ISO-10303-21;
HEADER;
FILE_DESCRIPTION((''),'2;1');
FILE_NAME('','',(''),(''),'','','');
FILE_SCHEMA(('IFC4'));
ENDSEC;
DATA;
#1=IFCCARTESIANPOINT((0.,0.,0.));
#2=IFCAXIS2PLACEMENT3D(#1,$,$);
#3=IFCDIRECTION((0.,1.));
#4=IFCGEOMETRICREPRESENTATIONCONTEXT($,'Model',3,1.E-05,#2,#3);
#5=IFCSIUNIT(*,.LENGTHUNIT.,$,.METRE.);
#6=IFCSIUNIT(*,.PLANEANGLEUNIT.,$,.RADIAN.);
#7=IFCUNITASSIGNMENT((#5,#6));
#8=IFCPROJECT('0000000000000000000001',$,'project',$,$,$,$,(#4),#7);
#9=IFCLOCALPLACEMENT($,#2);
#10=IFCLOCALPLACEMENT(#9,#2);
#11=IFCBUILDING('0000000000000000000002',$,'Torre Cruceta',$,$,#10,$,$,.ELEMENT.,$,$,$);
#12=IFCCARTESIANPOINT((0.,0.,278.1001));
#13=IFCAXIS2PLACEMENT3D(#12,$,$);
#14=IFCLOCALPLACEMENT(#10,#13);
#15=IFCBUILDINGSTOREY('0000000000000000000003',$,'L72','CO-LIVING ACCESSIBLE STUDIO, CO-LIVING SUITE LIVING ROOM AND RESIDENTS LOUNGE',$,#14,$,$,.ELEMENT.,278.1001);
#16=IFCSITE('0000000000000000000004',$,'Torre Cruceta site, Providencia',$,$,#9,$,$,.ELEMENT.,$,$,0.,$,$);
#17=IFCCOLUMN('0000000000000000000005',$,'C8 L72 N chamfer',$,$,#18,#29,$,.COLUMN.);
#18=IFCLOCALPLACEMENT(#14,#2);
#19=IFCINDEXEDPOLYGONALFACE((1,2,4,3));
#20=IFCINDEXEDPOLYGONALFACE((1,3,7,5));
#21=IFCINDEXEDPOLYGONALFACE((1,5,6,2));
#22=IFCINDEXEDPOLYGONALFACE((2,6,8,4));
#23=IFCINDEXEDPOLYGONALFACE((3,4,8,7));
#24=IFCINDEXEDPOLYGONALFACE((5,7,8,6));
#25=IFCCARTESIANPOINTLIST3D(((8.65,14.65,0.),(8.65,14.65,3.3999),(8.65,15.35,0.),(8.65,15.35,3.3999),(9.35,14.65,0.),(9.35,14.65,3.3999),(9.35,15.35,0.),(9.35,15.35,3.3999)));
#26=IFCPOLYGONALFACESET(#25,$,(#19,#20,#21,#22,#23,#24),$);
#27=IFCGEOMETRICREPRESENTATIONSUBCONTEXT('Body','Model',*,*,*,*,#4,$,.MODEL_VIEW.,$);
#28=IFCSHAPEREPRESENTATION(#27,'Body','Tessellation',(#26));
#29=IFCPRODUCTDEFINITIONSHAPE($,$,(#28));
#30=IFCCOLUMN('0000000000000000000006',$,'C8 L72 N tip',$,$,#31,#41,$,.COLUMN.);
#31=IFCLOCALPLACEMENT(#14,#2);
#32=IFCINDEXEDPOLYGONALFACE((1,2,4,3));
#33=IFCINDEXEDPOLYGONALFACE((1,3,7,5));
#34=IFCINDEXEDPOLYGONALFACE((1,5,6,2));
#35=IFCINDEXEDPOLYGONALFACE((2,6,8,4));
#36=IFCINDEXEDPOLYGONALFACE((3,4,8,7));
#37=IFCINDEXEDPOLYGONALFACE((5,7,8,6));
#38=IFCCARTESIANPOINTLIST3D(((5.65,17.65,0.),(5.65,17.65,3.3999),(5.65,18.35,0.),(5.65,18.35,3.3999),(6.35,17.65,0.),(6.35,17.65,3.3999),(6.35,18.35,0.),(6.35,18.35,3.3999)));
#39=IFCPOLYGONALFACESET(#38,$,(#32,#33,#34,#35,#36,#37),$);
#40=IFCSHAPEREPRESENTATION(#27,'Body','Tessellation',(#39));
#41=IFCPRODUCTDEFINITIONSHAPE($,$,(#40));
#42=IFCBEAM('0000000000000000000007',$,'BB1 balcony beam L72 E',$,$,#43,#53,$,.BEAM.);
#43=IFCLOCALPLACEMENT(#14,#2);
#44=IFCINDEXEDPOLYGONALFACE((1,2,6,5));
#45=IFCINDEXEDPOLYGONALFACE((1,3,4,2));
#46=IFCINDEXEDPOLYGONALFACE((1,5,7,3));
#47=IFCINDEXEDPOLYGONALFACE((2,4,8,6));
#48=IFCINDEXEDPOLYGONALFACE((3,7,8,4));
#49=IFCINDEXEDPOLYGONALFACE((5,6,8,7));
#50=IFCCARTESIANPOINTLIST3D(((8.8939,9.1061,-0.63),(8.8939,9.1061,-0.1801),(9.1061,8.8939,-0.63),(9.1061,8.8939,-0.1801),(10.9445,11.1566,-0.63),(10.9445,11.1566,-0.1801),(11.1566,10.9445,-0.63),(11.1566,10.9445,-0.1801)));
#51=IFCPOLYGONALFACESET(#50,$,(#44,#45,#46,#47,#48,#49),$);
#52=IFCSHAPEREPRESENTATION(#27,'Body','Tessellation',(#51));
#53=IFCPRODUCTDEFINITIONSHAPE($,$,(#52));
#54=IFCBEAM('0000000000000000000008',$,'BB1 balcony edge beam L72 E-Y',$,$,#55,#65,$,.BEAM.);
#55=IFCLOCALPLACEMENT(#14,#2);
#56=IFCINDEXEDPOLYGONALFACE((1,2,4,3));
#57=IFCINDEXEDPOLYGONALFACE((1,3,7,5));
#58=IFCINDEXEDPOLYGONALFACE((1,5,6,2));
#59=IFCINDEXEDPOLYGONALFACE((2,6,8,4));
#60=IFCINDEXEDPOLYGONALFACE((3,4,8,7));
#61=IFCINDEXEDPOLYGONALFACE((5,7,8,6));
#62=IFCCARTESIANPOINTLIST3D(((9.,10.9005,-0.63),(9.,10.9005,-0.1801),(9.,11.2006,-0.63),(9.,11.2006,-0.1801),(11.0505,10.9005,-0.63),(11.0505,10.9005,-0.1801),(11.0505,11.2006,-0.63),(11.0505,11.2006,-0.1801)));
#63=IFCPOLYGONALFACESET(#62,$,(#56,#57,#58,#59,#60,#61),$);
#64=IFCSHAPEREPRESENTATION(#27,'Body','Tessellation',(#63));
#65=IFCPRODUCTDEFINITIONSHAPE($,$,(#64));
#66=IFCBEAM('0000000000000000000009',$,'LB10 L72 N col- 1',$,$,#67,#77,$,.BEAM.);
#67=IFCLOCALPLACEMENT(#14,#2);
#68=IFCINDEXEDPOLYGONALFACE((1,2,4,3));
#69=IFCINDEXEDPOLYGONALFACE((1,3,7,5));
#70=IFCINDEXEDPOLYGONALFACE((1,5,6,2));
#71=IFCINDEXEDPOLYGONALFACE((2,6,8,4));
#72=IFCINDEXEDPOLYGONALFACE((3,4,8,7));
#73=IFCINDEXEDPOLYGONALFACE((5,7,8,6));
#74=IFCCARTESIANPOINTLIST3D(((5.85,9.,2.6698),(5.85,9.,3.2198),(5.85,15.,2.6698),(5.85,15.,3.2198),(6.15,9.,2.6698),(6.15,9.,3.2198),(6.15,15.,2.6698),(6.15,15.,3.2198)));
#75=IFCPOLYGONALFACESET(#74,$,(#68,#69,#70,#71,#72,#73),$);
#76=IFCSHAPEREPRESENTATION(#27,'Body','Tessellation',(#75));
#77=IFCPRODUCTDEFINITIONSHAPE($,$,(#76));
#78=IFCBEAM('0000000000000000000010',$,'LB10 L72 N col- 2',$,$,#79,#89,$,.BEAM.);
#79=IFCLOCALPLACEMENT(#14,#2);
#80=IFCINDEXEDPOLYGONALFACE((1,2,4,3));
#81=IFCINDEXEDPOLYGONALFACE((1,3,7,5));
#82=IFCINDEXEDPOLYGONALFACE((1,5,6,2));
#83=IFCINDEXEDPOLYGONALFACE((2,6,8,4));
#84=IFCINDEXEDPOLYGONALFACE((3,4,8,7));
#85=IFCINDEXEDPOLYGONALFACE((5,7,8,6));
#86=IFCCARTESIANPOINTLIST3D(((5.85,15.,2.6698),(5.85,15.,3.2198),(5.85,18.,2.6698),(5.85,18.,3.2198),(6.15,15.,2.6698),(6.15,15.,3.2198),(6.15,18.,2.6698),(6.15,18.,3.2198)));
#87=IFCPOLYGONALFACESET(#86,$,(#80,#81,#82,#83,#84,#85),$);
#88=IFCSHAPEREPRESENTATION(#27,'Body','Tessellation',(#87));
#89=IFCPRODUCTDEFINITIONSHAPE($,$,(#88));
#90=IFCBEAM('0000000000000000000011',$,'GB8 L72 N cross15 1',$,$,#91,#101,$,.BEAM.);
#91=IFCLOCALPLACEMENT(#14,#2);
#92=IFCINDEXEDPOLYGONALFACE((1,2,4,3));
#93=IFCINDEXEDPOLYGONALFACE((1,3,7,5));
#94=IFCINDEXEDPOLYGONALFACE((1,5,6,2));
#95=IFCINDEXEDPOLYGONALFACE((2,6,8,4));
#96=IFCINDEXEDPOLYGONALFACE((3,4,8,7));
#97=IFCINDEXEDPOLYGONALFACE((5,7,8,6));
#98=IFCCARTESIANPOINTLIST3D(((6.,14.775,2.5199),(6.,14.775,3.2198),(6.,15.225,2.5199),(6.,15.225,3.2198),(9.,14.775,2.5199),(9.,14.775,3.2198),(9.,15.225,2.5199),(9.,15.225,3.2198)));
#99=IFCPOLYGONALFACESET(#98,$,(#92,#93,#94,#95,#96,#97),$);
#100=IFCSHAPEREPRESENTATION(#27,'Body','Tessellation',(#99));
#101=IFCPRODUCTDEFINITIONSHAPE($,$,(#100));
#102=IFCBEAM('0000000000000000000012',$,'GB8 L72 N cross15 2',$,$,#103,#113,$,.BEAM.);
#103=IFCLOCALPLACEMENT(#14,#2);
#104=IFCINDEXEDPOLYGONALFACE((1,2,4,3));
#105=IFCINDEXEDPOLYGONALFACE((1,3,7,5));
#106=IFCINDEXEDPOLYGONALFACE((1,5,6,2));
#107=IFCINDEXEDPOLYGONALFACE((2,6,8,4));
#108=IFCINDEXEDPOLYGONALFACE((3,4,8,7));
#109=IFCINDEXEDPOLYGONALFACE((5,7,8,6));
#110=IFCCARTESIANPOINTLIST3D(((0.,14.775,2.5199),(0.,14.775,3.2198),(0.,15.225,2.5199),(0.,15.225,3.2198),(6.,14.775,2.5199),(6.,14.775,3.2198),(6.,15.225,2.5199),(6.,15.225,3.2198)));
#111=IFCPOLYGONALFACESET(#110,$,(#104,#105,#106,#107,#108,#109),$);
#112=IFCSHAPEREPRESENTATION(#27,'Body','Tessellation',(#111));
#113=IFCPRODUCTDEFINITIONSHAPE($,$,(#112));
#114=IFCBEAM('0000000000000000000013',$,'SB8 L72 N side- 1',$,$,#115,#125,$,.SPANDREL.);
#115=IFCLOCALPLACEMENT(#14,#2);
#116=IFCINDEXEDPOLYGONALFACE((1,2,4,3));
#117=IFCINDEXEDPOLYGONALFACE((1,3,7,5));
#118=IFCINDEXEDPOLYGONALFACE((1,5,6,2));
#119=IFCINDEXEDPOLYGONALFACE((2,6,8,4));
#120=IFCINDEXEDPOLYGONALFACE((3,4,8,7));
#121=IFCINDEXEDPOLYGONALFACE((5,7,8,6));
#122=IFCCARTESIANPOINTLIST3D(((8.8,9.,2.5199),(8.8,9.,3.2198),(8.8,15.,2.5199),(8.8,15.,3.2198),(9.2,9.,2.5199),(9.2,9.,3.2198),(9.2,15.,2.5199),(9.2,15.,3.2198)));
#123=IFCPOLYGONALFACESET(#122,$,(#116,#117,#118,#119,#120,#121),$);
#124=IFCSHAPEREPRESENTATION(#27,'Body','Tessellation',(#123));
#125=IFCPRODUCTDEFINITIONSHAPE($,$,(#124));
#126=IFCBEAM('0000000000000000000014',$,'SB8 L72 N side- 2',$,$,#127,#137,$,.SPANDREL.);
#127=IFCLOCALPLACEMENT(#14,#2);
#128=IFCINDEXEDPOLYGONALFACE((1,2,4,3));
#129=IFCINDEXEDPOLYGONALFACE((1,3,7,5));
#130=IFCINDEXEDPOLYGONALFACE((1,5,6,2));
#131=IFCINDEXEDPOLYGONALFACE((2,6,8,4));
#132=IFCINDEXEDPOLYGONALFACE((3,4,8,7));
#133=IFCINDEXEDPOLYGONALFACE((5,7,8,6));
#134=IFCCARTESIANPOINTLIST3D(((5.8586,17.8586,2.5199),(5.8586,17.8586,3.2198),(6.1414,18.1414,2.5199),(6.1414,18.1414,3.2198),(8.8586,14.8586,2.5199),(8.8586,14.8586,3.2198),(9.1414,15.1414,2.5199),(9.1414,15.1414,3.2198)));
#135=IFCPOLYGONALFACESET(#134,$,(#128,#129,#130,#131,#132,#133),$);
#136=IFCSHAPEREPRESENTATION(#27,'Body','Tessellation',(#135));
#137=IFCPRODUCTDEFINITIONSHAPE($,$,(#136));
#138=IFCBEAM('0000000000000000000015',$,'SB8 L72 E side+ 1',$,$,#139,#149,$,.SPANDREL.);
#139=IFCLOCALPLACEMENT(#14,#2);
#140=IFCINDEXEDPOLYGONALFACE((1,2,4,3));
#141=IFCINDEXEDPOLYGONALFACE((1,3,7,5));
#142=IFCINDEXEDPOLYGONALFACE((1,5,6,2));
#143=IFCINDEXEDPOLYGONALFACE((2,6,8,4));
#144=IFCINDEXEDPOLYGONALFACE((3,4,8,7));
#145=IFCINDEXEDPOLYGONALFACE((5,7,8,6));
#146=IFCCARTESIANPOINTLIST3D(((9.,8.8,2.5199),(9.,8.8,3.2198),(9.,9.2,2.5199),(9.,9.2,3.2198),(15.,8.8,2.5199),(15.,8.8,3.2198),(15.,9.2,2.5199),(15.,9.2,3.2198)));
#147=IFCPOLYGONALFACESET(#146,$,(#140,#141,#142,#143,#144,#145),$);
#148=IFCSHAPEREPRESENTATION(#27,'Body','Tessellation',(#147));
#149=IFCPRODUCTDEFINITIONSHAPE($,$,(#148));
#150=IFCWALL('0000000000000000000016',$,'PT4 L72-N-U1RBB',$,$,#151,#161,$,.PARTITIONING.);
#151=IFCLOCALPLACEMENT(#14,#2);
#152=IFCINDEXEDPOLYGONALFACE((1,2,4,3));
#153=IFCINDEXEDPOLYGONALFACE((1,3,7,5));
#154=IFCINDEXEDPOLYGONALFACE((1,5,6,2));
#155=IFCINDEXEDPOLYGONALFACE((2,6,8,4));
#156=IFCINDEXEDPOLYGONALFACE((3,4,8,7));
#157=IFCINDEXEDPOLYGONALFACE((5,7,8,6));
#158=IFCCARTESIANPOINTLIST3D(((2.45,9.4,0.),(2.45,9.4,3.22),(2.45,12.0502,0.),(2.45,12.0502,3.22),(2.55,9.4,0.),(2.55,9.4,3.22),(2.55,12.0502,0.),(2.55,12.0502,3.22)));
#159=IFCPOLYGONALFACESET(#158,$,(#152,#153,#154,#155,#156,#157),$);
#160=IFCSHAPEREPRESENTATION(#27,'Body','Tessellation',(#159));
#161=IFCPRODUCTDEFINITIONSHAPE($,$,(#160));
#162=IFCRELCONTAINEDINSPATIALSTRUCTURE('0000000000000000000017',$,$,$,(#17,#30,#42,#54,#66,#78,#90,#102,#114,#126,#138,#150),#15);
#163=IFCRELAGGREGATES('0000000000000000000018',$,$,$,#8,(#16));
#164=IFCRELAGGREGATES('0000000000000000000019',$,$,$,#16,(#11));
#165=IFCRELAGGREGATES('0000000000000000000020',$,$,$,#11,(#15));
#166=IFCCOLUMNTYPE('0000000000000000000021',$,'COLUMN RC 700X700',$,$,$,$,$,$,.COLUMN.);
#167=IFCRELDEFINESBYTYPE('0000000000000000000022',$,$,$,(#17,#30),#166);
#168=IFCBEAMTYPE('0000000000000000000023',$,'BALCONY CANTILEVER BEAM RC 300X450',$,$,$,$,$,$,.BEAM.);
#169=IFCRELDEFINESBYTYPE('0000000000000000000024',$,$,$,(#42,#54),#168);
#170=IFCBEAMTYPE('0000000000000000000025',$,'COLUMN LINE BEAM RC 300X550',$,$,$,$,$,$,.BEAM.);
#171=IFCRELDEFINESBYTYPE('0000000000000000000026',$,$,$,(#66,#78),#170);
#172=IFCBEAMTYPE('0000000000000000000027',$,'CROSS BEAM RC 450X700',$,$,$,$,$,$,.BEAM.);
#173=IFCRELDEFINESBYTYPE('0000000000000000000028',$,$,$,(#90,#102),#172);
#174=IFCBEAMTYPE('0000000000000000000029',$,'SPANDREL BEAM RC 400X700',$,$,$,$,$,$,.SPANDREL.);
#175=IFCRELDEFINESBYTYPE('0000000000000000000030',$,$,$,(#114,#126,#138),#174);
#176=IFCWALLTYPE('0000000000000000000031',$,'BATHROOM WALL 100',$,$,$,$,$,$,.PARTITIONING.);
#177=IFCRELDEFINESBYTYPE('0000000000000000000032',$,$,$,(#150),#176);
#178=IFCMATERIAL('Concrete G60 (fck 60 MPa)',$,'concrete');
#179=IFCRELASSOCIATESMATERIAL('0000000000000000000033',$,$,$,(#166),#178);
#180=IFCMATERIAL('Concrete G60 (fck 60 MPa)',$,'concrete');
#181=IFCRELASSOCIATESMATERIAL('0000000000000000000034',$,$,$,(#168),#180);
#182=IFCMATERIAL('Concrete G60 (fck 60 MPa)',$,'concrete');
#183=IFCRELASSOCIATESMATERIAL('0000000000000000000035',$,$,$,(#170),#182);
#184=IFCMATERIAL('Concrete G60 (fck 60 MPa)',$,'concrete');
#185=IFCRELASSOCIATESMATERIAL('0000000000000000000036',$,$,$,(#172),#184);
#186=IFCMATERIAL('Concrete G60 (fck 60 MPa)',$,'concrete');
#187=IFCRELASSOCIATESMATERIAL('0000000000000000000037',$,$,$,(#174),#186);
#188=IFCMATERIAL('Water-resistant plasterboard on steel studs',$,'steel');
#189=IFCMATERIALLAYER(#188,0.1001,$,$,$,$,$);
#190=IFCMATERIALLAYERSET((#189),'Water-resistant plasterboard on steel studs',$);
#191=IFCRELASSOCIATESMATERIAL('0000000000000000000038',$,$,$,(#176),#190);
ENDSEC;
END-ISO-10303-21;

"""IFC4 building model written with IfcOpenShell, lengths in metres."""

from ifc_helpers import new_model, si_unit, direction, frame, frame_2d, origin, origin_2d, place, context, subcontext, project, spatial, rectangle, extrude, material, layer, layer_set, material_profile, profile_set, type_object, element, save


model = new_model("IFC4")

# Units and contexts
model_context = context("Model", 3, precision=1e-05, world=origin(), true_north=direction((0.0, 1.0)))
body_context = subcontext(model_context, "Body", "Model", "MODEL_VIEW")
ifc_project = project(units=[si_unit("LENGTHUNIT", "METRE"), si_unit("PLANEANGLEUNIT", "RADIAN")], contexts=[model_context])

# Site, building, storey
site_placement = place(None, origin())
site = spatial("IfcSite", under=ifc_project, at=site_placement, Name="Torre Cruceta site, Providencia", CompositionType="ELEMENT", RefElevation=0.0)
building_placement = place(site_placement, origin())
building = spatial("IfcBuilding", under=site, at=building_placement, Name="Torre Cruceta", CompositionType="ELEMENT")
storey_placement = place(building_placement, frame((0.0, 0.0, 278.1001)))
storey = spatial("IfcBuildingStorey", under=building, at=storey_placement, Name="L72", Description="CO-LIVING ACCESSIBLE STUDIO, CO-LIVING SUITE LIVING ROOM AND RESIDENTS LOUNGE", CompositionType="ELEMENT", Elevation=278.1001)

# Columns
ifc_material_1 = material(Name="Concrete G60 (fck 60 MPa)", Category="concrete")
ifc_material_profile_1 = material_profile(ifc_material_1, rectangle(XDim=0.7, YDim=0.7, at=origin_2d()), Name="RC 700X700")
ifc_profile_set_1 = profile_set([ifc_material_profile_1], Name="Concrete G60 (fck 60 MPa)")
column_type = type_object("IfcColumnType", Name="COLUMN RC 700X700", PredefinedType="COLUMN", material=ifc_profile_set_1)
for number, where, z_axis, x_axis, name in (
    (1, (9.0, 15.0, 0.0), (0.0, 0.0, 1.0), (1.0, 0.0, 0.0), "C8 L72 N chamfer"),
    (2, (6.0, 18.0, 0.0), (0.0, 0.0, 1.0), (1.0, 0.0, 0.0), "C8 L72 N tip"),
):
    element("IfcColumn", number, at=place(storey_placement, frame(where, z_axis=z_axis, x_axis=x_axis)), inside=storey, type_object=column_type, Name=name, PredefinedType="COLUMN", context=body_context, shape_type="SweptSolid", body=[
        extrude(rectangle(XDim=0.7, YDim=0.7, at=origin_2d()), origin(), (0.0, 0.0, 1.0), 3.3999),
    ])

# Beams
ifc_material_2 = material(Name="Concrete G60 (fck 60 MPa)", Category="concrete")
ifc_material_profile_2 = material_profile(ifc_material_2, rectangle(XDim=0.3, YDim=0.45, at=origin_2d()), Name="RC 300X450")
ifc_profile_set_2 = profile_set([ifc_material_profile_2], Name="Concrete G60 (fck 60 MPa)")
beam_type_1 = type_object("IfcBeamType", Name="BALCONY CANTILEVER BEAM RC 300X450", PredefinedType="BEAM", material=ifc_profile_set_2)
beam_1_placement = place(storey_placement, frame((9.0, 9.0, -0.405), z_axis=(0.707107, 0.707107, 0.0), x_axis=(-0.707107, 0.707107, 0.0)))
element("IfcBeam", 3, at=beam_1_placement, inside=storey, type_object=beam_type_1, Name="BB1 balcony beam L72 E", PredefinedType="BEAM", context=body_context, shape_type="SweptSolid", body=[
    extrude(rectangle(XDim=0.3, YDim=0.45, at=origin_2d()), origin(), (0.0, 0.0, 1.0), 2.8999),
])
beam_2_placement = place(storey_placement, frame((9.0, 11.0505, -0.405), z_axis=(1.0, 0.0, 0.0), x_axis=(0.0, 1.0, 0.0)))
element("IfcBeam", 4, at=beam_2_placement, inside=storey, type_object=beam_type_1, Name="BB1 balcony edge beam L72 E-Y", PredefinedType="BEAM", context=body_context, shape_type="SweptSolid", body=[
    extrude(rectangle(XDim=0.3, YDim=0.45, at=origin_2d()), origin(), (0.0, 0.0, 1.0), 2.0505),
])
ifc_material_3 = material(Name="Concrete G60 (fck 60 MPa)", Category="concrete")
ifc_material_profile_3 = material_profile(ifc_material_3, rectangle(XDim=0.3, YDim=0.55, at=origin_2d()), Name="RC 300X550")
ifc_profile_set_3 = profile_set([ifc_material_profile_3], Name="Concrete G60 (fck 60 MPa)")
beam_type_2 = type_object("IfcBeamType", Name="COLUMN LINE BEAM RC 300X550", PredefinedType="BEAM", material=ifc_profile_set_3)
beam_3_placement = place(storey_placement, frame((6.0, 9.0, 2.9448), z_axis=(0.0, 1.0, 0.0), x_axis=(-1.0, 0.0, 0.0)))
element("IfcBeam", 5, at=beam_3_placement, inside=storey, type_object=beam_type_2, Name="LB10 L72 N col- 1", PredefinedType="BEAM", context=body_context, shape_type="SweptSolid", body=[
    extrude(rectangle(XDim=0.3, YDim=0.55, at=origin_2d()), origin(), (0.0, 0.0, 1.0), 6.0),
])
beam_4_placement = place(storey_placement, frame((6.0, 15.0, 2.9448), z_axis=(0.0, 1.0, 0.0), x_axis=(-1.0, 0.0, 0.0)))
element("IfcBeam", 6, at=beam_4_placement, inside=storey, type_object=beam_type_2, Name="LB10 L72 N col- 2", PredefinedType="BEAM", context=body_context, shape_type="SweptSolid", body=[
    extrude(rectangle(XDim=0.3, YDim=0.55, at=origin_2d()), origin(), (0.0, 0.0, 1.0), 3.0),
])
ifc_material_4 = material(Name="Concrete G60 (fck 60 MPa)", Category="concrete")
ifc_material_profile_4 = material_profile(ifc_material_4, rectangle(XDim=0.45, YDim=0.7, at=origin_2d()), Name="RC 450X700")
ifc_profile_set_4 = profile_set([ifc_material_profile_4], Name="Concrete G60 (fck 60 MPa)")
beam_type_3 = type_object("IfcBeamType", Name="CROSS BEAM RC 450X700", PredefinedType="BEAM", material=ifc_profile_set_4)
beam_5_placement = place(storey_placement, frame((9.0, 15.0, 2.8699), z_axis=(-1.0, 0.0, 0.0), x_axis=(0.0, -1.0, 0.0)))
element("IfcBeam", 7, at=beam_5_placement, inside=storey, type_object=beam_type_3, Name="GB8 L72 N cross15 1", PredefinedType="BEAM", context=body_context, shape_type="SweptSolid", body=[
    extrude(rectangle(XDim=0.45, YDim=0.7, at=origin_2d()), origin(), (0.0, 0.0, 1.0), 3.0),
])
beam_6_placement = place(storey_placement, frame((6.0, 15.0, 2.8699), z_axis=(-1.0, 0.0, 0.0), x_axis=(0.0, -1.0, 0.0)))
element("IfcBeam", 8, at=beam_6_placement, inside=storey, type_object=beam_type_3, Name="GB8 L72 N cross15 2", PredefinedType="BEAM", context=body_context, shape_type="SweptSolid", body=[
    extrude(rectangle(XDim=0.45, YDim=0.7, at=origin_2d()), origin(), (0.0, 0.0, 1.0), 6.0),
])
ifc_material_5 = material(Name="Concrete G60 (fck 60 MPa)", Category="concrete")
ifc_material_profile_5 = material_profile(ifc_material_5, rectangle(XDim=0.3999, YDim=0.7, at=origin_2d()), Name="RC 400X700")
ifc_profile_set_5 = profile_set([ifc_material_profile_5], Name="Concrete G60 (fck 60 MPa)")
beam_type_4 = type_object("IfcBeamType", Name="SPANDREL BEAM RC 400X700", PredefinedType="SPANDREL", material=ifc_profile_set_5)
beam_7_placement = place(storey_placement, frame((9.0, 9.0, 2.8699), z_axis=(0.0, 1.0, 0.0), x_axis=(-1.0, 0.0, 0.0)))
element("IfcBeam", 9, at=beam_7_placement, inside=storey, type_object=beam_type_4, Name="SB8 L72 N side- 1", PredefinedType="SPANDREL", context=body_context, shape_type="SweptSolid", body=[
    extrude(rectangle(XDim=0.3999, YDim=0.7, at=origin_2d()), origin(), (0.0, 0.0, 1.0), 6.0),
])
beam_8_placement = place(storey_placement, frame((9.0, 15.0, 2.8699), z_axis=(-0.707107, 0.707107, 0.0), x_axis=(-0.707107, -0.707107, 0.0)))
element("IfcBeam", 10, at=beam_8_placement, inside=storey, type_object=beam_type_4, Name="SB8 L72 N side- 2", PredefinedType="SPANDREL", context=body_context, shape_type="SweptSolid", body=[
    extrude(rectangle(XDim=0.3999, YDim=0.7, at=origin_2d()), origin(), (0.0, 0.0, 1.0), 4.2427),
])
beam_9_placement = place(storey_placement, frame((9.0, 9.0, 2.8699), z_axis=(1.0, 0.0, 0.0), x_axis=(0.0, 1.0, 0.0)))
element("IfcBeam", 11, at=beam_9_placement, inside=storey, type_object=beam_type_4, Name="SB8 L72 E side+ 1", PredefinedType="SPANDREL", context=body_context, shape_type="SweptSolid", body=[
    extrude(rectangle(XDim=0.3999, YDim=0.7, at=origin_2d()), origin(), (0.0, 0.0, 1.0), 6.0),
])

# Wall
ifc_material_6 = material(Name="Water-resistant plasterboard on steel studs", Category="steel")
ifc_layer_1 = layer(ifc_material_6, 0.1001)
ifc_layer_set_1 = layer_set([ifc_layer_1], Name="Water-resistant plasterboard on steel studs")
wall_type_1 = type_object("IfcWallType", Name="BATHROOM WALL 100", PredefinedType="PARTITIONING", material=ifc_layer_set_1)
wall_1_placement = place(storey_placement, frame((2.5, 9.3999, 0.0), z_axis=(0.0, 0.0, 1.0), x_axis=(0.0, 1.0, 0.0)))
element("IfcWall", 12, at=wall_1_placement, inside=storey, type_object=wall_type_1, Name="PT4 L72-N-U1RBB", PredefinedType="PARTITIONING", context=body_context, shape_type="SweptSolid", body=[
    extrude(rectangle(XDim=2.6501, YDim=0.1001, at=frame_2d((1.3252, 0.0))), origin(), (0.0, 0.0, 1.0), 3.22),
])

save(model, "model.ifc")
